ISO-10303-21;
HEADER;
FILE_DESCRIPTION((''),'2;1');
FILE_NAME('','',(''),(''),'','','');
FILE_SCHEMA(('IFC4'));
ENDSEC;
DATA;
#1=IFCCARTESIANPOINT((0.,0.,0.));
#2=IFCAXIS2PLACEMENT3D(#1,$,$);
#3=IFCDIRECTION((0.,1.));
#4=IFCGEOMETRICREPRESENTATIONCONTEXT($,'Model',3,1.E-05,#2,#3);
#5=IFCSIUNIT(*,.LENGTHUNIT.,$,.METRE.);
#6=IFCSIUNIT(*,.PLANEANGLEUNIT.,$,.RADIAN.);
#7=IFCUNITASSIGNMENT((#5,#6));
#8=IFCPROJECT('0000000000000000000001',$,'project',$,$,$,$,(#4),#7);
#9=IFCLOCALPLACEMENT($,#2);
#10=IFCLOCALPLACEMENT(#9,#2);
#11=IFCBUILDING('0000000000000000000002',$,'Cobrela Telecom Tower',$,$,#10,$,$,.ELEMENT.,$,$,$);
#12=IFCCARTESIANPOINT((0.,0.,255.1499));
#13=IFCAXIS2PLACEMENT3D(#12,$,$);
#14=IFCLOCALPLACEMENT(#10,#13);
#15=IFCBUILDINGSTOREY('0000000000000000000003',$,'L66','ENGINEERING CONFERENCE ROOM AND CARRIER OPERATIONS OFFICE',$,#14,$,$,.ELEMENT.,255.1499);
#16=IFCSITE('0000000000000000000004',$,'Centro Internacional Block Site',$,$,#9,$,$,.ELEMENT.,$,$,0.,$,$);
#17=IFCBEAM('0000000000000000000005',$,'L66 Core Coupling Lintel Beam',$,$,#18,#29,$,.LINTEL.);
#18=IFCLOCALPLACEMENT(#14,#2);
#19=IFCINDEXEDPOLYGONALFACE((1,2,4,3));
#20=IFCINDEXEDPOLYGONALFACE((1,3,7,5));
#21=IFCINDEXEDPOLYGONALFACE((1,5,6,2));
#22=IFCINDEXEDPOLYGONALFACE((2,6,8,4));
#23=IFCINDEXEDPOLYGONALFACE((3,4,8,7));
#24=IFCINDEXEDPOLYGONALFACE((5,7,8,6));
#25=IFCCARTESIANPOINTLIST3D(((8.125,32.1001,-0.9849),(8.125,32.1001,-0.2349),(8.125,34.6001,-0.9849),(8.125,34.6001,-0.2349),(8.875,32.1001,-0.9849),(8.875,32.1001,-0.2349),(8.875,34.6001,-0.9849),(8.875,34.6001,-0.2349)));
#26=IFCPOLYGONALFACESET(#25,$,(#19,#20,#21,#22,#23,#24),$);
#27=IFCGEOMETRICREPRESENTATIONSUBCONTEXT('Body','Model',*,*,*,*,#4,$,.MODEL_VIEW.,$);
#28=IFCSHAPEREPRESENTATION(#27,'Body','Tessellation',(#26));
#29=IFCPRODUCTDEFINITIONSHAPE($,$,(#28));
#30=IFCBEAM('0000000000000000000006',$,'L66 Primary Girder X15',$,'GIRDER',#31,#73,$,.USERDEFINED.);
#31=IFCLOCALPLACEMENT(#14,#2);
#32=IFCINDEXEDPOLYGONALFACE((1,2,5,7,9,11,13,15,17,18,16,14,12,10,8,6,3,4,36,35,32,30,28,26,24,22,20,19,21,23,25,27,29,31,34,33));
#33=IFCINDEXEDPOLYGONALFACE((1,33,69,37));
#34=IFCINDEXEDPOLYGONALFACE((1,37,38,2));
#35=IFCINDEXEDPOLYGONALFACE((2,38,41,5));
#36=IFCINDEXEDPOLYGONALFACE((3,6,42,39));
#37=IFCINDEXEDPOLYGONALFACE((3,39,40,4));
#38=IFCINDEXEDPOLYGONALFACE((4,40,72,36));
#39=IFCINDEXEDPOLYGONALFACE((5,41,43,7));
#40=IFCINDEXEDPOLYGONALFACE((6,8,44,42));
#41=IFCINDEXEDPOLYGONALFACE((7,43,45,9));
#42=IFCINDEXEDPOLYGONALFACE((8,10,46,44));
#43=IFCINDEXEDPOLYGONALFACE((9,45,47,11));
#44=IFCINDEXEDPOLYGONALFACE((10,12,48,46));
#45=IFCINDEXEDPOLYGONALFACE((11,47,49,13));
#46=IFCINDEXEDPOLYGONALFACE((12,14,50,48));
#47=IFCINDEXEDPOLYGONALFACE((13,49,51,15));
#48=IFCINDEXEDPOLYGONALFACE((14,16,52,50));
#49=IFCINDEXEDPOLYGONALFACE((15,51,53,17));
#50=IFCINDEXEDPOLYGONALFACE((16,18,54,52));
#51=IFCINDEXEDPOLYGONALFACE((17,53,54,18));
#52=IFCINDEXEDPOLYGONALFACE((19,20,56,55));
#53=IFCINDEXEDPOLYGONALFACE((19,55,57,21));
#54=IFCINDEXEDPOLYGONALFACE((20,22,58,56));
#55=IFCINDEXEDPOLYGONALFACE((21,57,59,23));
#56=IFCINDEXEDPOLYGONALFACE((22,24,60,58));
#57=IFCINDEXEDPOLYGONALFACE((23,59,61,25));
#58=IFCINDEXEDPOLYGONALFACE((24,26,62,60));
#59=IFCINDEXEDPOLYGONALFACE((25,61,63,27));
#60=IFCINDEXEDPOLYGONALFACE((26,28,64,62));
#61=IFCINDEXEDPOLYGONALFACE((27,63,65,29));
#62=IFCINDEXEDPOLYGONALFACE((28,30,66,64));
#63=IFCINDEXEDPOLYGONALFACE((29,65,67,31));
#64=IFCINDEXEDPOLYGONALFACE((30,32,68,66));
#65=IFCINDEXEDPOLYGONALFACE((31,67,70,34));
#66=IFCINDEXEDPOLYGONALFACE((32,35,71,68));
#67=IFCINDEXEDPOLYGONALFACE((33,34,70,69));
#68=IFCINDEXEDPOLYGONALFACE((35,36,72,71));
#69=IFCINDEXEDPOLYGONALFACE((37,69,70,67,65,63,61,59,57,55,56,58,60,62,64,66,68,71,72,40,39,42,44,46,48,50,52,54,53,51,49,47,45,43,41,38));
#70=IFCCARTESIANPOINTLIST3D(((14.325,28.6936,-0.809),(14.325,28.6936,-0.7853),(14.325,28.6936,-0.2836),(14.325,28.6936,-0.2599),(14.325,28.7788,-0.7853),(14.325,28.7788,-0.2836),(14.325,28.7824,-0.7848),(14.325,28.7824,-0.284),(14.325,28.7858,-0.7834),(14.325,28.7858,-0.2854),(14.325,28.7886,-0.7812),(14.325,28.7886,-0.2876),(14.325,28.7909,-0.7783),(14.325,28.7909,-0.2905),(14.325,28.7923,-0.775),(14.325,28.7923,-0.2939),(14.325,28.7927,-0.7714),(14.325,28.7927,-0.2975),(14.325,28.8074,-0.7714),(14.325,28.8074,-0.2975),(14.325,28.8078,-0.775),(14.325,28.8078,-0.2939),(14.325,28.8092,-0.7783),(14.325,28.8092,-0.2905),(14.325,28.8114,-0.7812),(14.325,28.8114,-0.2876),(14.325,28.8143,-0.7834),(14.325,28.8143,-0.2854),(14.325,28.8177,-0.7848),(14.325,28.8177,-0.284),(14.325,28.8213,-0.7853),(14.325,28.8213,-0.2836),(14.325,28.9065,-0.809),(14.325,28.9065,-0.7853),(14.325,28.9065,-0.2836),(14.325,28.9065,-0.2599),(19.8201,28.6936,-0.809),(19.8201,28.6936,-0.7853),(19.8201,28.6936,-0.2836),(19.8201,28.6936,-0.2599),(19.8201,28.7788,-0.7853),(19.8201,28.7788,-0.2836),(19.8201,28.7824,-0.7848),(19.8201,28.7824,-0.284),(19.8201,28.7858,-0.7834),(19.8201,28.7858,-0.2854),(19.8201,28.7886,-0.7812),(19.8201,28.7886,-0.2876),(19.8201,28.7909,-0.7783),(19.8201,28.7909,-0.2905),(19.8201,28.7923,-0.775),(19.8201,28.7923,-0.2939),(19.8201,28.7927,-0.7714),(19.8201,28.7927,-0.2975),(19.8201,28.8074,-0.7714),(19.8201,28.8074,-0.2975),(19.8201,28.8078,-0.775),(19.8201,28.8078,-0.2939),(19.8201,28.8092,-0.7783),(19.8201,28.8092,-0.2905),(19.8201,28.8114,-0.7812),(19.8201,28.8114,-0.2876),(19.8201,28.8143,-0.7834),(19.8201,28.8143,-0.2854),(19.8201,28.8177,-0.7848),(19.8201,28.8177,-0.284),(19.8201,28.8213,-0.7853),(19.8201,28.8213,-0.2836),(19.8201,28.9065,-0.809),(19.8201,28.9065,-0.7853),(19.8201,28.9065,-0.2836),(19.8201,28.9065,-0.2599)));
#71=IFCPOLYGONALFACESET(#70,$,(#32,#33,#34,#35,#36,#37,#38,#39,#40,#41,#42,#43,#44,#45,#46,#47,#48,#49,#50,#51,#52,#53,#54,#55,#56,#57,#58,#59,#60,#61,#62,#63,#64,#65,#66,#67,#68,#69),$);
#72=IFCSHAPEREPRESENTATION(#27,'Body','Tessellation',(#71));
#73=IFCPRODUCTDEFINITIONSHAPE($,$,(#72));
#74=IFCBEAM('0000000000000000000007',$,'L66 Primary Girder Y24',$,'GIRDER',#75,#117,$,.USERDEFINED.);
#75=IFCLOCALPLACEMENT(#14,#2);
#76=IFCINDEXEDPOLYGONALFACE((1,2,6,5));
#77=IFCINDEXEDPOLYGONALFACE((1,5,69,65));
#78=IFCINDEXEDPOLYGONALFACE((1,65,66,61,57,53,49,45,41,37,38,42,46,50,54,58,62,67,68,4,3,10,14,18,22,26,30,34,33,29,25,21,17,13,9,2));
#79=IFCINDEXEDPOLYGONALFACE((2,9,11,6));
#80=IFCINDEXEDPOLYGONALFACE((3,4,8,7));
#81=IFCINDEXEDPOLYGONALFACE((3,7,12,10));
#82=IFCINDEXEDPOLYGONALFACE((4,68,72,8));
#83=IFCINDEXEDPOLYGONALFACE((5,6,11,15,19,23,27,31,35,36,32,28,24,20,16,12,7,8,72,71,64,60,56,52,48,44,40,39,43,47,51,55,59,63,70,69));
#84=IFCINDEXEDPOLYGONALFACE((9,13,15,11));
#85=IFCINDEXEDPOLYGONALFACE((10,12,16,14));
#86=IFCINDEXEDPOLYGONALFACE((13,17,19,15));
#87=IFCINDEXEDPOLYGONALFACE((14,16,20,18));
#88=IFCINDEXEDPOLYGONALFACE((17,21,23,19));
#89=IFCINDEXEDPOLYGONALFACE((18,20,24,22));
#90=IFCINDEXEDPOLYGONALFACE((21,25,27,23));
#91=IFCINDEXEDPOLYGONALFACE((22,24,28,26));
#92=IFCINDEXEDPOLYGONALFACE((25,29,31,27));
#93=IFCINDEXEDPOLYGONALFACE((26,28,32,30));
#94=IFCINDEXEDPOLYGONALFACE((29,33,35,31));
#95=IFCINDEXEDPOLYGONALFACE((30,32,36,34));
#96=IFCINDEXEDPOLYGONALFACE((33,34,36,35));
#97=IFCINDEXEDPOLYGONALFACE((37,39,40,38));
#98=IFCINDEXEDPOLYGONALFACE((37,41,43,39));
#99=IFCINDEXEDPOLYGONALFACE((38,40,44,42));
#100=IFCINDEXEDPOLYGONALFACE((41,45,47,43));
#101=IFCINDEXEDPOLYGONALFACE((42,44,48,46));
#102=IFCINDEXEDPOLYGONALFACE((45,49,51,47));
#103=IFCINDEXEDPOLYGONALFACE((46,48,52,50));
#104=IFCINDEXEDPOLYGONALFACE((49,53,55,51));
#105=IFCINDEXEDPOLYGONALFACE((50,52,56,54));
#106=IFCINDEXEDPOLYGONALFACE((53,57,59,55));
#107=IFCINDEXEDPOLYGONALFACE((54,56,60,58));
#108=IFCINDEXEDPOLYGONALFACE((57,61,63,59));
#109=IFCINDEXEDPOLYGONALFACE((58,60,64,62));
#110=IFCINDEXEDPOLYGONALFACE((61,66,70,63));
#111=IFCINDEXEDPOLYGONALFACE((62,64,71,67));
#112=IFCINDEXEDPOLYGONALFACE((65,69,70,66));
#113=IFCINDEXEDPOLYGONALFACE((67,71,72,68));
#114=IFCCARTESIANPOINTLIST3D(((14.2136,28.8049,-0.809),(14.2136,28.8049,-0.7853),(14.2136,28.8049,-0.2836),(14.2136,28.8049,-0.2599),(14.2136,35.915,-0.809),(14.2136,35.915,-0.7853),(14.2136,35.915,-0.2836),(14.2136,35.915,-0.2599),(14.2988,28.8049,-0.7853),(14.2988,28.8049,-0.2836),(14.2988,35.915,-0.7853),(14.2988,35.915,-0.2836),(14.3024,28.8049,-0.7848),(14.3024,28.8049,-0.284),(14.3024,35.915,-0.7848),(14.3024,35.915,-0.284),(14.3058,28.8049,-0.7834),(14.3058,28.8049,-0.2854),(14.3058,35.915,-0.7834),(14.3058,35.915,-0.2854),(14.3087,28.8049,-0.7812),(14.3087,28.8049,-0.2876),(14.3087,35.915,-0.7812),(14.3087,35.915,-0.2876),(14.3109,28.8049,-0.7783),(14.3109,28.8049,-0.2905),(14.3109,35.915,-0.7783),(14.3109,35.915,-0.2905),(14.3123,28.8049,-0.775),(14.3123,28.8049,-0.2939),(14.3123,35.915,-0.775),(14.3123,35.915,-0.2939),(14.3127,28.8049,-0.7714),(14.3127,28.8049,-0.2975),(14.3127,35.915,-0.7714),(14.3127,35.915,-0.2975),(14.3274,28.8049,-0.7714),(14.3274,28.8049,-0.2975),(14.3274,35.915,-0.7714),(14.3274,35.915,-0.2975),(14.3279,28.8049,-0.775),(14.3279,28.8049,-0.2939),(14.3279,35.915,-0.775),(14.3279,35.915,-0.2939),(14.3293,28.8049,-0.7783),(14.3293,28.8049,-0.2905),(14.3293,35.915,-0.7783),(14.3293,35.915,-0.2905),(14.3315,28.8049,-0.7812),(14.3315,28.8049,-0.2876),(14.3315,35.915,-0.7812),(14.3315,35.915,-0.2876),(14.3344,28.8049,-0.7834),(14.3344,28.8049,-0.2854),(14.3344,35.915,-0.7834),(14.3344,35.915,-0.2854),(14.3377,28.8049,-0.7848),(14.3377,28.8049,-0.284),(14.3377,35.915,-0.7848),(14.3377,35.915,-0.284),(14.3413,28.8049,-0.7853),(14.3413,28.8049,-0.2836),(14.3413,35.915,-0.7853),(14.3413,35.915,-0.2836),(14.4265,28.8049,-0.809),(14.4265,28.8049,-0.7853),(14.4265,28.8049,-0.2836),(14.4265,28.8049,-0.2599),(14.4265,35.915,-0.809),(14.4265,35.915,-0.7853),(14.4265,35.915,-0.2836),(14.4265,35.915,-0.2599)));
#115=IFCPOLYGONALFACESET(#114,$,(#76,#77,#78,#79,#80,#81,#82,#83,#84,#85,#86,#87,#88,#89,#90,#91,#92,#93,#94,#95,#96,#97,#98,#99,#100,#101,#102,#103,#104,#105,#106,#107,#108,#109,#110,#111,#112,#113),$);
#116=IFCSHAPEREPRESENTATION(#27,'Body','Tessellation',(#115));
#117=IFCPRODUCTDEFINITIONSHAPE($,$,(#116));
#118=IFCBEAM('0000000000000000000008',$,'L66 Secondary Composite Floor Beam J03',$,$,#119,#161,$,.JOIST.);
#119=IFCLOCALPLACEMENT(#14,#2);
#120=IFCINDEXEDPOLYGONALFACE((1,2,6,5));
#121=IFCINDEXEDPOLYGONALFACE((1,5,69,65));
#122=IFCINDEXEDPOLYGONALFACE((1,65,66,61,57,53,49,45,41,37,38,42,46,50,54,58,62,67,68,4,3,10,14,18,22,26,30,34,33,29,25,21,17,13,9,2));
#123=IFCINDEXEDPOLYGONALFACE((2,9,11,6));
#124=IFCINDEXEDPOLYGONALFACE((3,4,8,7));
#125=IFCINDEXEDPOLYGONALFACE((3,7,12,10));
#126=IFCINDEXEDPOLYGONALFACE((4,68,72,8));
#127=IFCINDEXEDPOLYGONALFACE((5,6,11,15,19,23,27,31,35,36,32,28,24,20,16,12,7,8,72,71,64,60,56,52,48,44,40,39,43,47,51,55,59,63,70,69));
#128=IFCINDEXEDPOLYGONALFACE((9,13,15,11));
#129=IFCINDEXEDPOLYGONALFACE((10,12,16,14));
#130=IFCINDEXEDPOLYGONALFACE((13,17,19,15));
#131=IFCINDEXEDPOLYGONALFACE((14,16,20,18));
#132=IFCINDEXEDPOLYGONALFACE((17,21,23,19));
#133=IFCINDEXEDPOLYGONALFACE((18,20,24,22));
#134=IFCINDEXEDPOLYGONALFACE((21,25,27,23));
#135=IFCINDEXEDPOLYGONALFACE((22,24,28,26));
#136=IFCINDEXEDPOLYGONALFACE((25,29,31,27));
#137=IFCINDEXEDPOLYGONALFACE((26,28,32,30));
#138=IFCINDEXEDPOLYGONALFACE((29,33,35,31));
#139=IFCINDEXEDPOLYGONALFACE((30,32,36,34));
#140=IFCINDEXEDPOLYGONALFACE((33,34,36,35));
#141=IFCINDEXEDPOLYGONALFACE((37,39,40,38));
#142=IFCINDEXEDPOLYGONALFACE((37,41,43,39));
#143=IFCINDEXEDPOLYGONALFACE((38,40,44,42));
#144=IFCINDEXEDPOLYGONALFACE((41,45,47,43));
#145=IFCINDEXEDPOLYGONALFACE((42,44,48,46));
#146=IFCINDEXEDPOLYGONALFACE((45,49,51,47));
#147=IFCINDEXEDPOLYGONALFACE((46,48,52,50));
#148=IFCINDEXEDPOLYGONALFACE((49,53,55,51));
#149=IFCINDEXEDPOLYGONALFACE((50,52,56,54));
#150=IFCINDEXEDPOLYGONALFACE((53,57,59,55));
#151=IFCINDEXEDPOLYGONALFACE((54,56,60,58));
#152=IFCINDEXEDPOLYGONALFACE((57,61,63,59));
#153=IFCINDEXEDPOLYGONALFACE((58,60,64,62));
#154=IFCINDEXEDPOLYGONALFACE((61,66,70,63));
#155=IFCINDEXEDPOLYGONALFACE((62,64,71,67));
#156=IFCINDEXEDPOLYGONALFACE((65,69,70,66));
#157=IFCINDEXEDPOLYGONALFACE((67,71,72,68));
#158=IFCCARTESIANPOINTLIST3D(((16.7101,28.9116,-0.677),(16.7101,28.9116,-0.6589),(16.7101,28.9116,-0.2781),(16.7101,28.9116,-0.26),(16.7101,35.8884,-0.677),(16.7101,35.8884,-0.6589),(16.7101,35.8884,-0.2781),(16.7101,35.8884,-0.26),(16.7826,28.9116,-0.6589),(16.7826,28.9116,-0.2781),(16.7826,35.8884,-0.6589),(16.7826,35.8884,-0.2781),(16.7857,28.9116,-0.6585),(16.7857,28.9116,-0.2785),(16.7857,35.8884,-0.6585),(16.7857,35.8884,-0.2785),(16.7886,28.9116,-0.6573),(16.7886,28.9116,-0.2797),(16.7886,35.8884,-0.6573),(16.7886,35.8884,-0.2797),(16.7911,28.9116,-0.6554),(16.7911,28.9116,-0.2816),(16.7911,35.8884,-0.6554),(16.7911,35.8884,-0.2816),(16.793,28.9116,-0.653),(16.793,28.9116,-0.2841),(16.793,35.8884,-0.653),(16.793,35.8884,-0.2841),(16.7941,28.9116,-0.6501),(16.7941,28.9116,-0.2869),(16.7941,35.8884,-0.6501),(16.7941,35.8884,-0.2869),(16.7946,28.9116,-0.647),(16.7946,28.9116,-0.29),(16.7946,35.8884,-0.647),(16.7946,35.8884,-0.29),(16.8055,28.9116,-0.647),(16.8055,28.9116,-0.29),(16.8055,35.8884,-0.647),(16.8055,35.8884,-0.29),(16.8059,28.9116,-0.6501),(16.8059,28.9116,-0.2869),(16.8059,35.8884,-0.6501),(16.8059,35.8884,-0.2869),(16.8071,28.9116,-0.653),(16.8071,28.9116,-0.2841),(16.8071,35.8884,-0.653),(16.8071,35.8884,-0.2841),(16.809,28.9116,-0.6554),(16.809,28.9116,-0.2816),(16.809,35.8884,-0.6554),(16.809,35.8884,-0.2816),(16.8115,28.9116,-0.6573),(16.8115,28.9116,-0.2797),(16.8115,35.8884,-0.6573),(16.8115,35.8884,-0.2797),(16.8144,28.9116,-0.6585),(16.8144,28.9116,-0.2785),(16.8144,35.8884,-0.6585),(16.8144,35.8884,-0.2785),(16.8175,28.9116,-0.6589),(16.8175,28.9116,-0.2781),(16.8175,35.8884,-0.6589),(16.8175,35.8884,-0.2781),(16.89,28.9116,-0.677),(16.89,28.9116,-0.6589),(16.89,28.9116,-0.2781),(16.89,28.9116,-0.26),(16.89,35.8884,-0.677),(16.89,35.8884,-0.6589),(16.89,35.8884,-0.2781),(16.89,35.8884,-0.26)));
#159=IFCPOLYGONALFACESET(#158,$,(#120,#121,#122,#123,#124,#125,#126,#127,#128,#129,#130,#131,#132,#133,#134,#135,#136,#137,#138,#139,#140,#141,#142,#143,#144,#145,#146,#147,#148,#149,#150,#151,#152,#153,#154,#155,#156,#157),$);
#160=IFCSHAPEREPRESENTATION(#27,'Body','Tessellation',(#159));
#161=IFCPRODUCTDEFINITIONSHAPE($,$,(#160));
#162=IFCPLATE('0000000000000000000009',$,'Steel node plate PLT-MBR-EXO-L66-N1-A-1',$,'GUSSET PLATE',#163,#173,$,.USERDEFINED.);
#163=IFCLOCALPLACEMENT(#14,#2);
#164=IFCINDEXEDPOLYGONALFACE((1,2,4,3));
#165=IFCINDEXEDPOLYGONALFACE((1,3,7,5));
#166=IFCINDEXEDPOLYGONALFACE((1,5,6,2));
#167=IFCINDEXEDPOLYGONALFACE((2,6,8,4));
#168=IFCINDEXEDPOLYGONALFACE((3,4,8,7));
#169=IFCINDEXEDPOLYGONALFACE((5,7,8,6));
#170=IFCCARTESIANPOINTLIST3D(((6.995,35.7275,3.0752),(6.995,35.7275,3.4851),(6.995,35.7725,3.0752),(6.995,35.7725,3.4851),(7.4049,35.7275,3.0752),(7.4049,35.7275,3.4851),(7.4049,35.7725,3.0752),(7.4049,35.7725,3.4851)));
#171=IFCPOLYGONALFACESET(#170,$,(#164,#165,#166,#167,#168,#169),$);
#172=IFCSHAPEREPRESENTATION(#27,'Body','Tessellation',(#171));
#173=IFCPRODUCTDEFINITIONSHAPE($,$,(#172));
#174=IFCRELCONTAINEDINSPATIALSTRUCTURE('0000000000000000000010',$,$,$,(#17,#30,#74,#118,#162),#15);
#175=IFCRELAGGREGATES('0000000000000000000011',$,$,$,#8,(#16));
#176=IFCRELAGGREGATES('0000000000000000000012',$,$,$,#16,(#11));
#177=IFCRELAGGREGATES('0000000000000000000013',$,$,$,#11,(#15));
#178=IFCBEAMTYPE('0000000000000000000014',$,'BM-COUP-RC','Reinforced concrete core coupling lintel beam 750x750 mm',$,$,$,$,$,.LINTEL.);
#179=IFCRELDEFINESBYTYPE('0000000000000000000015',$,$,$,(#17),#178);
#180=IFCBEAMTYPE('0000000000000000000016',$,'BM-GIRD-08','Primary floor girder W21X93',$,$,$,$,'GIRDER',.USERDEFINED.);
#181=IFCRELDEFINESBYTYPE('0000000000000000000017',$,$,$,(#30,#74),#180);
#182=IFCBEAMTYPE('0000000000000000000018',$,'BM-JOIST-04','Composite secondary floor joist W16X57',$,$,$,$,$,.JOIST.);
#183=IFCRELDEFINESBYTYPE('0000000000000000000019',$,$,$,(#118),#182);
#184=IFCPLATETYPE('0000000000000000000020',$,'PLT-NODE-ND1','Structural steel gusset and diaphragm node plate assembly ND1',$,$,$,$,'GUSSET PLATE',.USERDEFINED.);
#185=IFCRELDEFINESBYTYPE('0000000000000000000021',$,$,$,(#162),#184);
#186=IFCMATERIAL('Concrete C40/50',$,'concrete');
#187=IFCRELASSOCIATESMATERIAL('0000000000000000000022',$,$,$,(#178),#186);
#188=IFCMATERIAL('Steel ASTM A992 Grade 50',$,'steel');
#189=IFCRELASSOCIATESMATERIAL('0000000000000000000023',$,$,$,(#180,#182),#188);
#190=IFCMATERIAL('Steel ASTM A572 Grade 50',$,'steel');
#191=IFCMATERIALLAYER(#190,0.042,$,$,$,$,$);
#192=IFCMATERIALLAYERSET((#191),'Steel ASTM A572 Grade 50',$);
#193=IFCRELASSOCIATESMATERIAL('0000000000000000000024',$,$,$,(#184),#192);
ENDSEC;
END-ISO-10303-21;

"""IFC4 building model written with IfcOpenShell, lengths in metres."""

from ifc_helpers import new_model, si_unit, direction, frame, origin, origin_2d, place, context, subcontext, project, spatial, rectangle, i_section, extrude, material, layer, layer_set, material_profile, profile_set, type_object, element, save


model = new_model("IFC4")

# Units and contexts
model_context = context("Model", 3, precision=1e-05, world=origin(), true_north=direction((0.0, 1.0)))
body_context = subcontext(model_context, "Body", "Model", "MODEL_VIEW")
ifc_project = project(units=[si_unit("LENGTHUNIT", "METRE"), si_unit("PLANEANGLEUNIT", "RADIAN")], contexts=[model_context])

# Site, building, storey
site_placement = place(None, origin())
site = spatial("IfcSite", under=ifc_project, at=site_placement, Name="Centro Internacional Block Site", CompositionType="ELEMENT", RefElevation=0.0)
building_placement = place(site_placement, origin())
building = spatial("IfcBuilding", under=site, at=building_placement, Name="Cobrela Telecom Tower", CompositionType="ELEMENT")
storey_placement = place(building_placement, frame((0.0, 0.0, 255.1499)))
storey = spatial("IfcBuildingStorey", under=building, at=storey_placement, Name="L66", Description="ENGINEERING CONFERENCE ROOM AND CARRIER OPERATIONS OFFICE", CompositionType="ELEMENT", Elevation=255.1499)

# Beams
ifc_material_1 = material(Name="Concrete C40/50", Category="concrete")
ifc_material_profile_1 = material_profile(ifc_material_1, rectangle(XDim=0.75, YDim=0.75, at=origin_2d()), Name="RC 750x750")
ifc_profile_set_1 = profile_set([ifc_material_profile_1], Name="Concrete C40/50")
beam_type_1 = type_object("IfcBeamType", Name="BM-COUP-RC", Description="Reinforced concrete core coupling lintel beam 750x750 mm", PredefinedType="LINTEL", material=ifc_profile_set_1)
beam_1_placement = place(storey_placement, frame((8.5, 32.1001, -0.6099), z_axis=(0.0, 1.0, 0.0), x_axis=(-1.0, 0.0, 0.0)))
element("IfcBeam", 1, at=beam_1_placement, inside=storey, type_object=beam_type_1, Name="L66 Core Coupling Lintel Beam", PredefinedType="LINTEL", context=body_context, shape_type="SweptSolid", body=[
    extrude(rectangle(XDim=0.75, YDim=0.75, at=origin_2d()), origin(), (0.0, 0.0, 1.0), 2.5),
])
ifc_material_2 = material(Name="Steel ASTM A992 Grade 50", Category="steel")
ifc_material_profile_2 = material_profile(ifc_material_2, i_section(OverallWidth=0.2129, OverallDepth=0.5491, WebThickness=0.0146, FlangeThickness=0.0237, FilletRadius=0.0139, at=origin_2d()), Name="W21X93")
ifc_profile_set_2 = profile_set([ifc_material_profile_2], Name="Steel ASTM A992 Grade 50")
beam_type_2 = type_object("IfcBeamType", Name="BM-GIRD-08", Description="Primary floor girder W21X93", ElementType="GIRDER", PredefinedType="USERDEFINED", material=ifc_profile_set_2)
beam_2_placement = place(storey_placement, frame((14.325, 28.8, -0.5344), z_axis=(1.0, 0.0, 0.0), x_axis=(0.0, 1.0, 0.0)))
element("IfcBeam", 2, at=beam_2_placement, inside=storey, type_object=beam_type_2, Name="L66 Primary Girder X15", ObjectType="GIRDER", PredefinedType="USERDEFINED", context=body_context, shape_type="SweptSolid", body=[
    extrude(i_section(OverallWidth=0.2129, OverallDepth=0.5491, WebThickness=0.0146, FlangeThickness=0.0237, FilletRadius=0.0139, at=origin_2d()), origin(), (0.0, 0.0, 1.0), 5.4951),
])
beam_3_placement = place(storey_placement, frame((14.3201, 28.8049, -0.5344), z_axis=(0.0, 1.0, 0.0), x_axis=(-1.0, 0.0, 0.0)))
element("IfcBeam", 3, at=beam_3_placement, inside=storey, type_object=beam_type_2, Name="L66 Primary Girder Y24", ObjectType="GIRDER", PredefinedType="USERDEFINED", context=body_context, shape_type="SweptSolid", body=[
    extrude(i_section(OverallWidth=0.2129, OverallDepth=0.5491, WebThickness=0.0146, FlangeThickness=0.0237, FilletRadius=0.0139, at=origin_2d()), origin(), (0.0, 0.0, 1.0), 7.1101),
])
ifc_material_profile_3 = material_profile(ifc_material_2, i_section(OverallWidth=0.1799, OverallDepth=0.417, WebThickness=0.011, FlangeThickness=0.0181, FilletRadius=0.012, at=origin_2d()), Name="W16X57")
ifc_profile_set_3 = profile_set([ifc_material_profile_3], Name="Steel ASTM A992 Grade 50")
beam_type_3 = type_object("IfcBeamType", Name="BM-JOIST-04", Description="Composite secondary floor joist W16X57", PredefinedType="JOIST", material=ifc_profile_set_3)
beam_4_placement = place(storey_placement, frame((16.8, 28.9116, -0.4685), z_axis=(0.0, 1.0, 0.0), x_axis=(-1.0, 0.0, 0.0)))
element("IfcBeam", 4, at=beam_4_placement, inside=storey, type_object=beam_type_3, Name="L66 Secondary Composite Floor Beam J03", PredefinedType="JOIST", context=body_context, shape_type="SweptSolid", body=[
    extrude(i_section(OverallWidth=0.1799, OverallDepth=0.417, WebThickness=0.011, FlangeThickness=0.0181, FilletRadius=0.012, at=origin_2d()), origin(), (0.0, 0.0, 1.0), 6.9768),
])

# Plate
ifc_material_3 = material(Name="Steel ASTM A572 Grade 50", Category="steel")
ifc_layer_1 = layer(ifc_material_3, 0.042)
ifc_layer_set_1 = layer_set([ifc_layer_1], Name="Steel ASTM A572 Grade 50")
plate_type = type_object("IfcPlateType", Name="PLT-NODE-ND1", Description="Structural steel gusset and diaphragm node plate assembly ND1", ElementType="GUSSET PLATE", PredefinedType="USERDEFINED", material=ifc_layer_set_1)
plate_placement = place(storey_placement, frame((7.2, 35.75, 3.0752), z_axis=(0.0, 0.0, 1.0), x_axis=(1.0, 0.0, 0.0)))
element("IfcPlate", 5, at=plate_placement, inside=storey, type_object=plate_type, Name="Steel node plate PLT-MBR-EXO-L66-N1-A-1", ObjectType="GUSSET PLATE", PredefinedType="USERDEFINED", context=body_context, shape_type="SweptSolid", body=[
    extrude(rectangle(XDim=0.4099, YDim=0.0449, at=origin_2d()), origin(), (0.0, 0.0, 1.0), 0.4099),
])

save(model, "model.ifc")
